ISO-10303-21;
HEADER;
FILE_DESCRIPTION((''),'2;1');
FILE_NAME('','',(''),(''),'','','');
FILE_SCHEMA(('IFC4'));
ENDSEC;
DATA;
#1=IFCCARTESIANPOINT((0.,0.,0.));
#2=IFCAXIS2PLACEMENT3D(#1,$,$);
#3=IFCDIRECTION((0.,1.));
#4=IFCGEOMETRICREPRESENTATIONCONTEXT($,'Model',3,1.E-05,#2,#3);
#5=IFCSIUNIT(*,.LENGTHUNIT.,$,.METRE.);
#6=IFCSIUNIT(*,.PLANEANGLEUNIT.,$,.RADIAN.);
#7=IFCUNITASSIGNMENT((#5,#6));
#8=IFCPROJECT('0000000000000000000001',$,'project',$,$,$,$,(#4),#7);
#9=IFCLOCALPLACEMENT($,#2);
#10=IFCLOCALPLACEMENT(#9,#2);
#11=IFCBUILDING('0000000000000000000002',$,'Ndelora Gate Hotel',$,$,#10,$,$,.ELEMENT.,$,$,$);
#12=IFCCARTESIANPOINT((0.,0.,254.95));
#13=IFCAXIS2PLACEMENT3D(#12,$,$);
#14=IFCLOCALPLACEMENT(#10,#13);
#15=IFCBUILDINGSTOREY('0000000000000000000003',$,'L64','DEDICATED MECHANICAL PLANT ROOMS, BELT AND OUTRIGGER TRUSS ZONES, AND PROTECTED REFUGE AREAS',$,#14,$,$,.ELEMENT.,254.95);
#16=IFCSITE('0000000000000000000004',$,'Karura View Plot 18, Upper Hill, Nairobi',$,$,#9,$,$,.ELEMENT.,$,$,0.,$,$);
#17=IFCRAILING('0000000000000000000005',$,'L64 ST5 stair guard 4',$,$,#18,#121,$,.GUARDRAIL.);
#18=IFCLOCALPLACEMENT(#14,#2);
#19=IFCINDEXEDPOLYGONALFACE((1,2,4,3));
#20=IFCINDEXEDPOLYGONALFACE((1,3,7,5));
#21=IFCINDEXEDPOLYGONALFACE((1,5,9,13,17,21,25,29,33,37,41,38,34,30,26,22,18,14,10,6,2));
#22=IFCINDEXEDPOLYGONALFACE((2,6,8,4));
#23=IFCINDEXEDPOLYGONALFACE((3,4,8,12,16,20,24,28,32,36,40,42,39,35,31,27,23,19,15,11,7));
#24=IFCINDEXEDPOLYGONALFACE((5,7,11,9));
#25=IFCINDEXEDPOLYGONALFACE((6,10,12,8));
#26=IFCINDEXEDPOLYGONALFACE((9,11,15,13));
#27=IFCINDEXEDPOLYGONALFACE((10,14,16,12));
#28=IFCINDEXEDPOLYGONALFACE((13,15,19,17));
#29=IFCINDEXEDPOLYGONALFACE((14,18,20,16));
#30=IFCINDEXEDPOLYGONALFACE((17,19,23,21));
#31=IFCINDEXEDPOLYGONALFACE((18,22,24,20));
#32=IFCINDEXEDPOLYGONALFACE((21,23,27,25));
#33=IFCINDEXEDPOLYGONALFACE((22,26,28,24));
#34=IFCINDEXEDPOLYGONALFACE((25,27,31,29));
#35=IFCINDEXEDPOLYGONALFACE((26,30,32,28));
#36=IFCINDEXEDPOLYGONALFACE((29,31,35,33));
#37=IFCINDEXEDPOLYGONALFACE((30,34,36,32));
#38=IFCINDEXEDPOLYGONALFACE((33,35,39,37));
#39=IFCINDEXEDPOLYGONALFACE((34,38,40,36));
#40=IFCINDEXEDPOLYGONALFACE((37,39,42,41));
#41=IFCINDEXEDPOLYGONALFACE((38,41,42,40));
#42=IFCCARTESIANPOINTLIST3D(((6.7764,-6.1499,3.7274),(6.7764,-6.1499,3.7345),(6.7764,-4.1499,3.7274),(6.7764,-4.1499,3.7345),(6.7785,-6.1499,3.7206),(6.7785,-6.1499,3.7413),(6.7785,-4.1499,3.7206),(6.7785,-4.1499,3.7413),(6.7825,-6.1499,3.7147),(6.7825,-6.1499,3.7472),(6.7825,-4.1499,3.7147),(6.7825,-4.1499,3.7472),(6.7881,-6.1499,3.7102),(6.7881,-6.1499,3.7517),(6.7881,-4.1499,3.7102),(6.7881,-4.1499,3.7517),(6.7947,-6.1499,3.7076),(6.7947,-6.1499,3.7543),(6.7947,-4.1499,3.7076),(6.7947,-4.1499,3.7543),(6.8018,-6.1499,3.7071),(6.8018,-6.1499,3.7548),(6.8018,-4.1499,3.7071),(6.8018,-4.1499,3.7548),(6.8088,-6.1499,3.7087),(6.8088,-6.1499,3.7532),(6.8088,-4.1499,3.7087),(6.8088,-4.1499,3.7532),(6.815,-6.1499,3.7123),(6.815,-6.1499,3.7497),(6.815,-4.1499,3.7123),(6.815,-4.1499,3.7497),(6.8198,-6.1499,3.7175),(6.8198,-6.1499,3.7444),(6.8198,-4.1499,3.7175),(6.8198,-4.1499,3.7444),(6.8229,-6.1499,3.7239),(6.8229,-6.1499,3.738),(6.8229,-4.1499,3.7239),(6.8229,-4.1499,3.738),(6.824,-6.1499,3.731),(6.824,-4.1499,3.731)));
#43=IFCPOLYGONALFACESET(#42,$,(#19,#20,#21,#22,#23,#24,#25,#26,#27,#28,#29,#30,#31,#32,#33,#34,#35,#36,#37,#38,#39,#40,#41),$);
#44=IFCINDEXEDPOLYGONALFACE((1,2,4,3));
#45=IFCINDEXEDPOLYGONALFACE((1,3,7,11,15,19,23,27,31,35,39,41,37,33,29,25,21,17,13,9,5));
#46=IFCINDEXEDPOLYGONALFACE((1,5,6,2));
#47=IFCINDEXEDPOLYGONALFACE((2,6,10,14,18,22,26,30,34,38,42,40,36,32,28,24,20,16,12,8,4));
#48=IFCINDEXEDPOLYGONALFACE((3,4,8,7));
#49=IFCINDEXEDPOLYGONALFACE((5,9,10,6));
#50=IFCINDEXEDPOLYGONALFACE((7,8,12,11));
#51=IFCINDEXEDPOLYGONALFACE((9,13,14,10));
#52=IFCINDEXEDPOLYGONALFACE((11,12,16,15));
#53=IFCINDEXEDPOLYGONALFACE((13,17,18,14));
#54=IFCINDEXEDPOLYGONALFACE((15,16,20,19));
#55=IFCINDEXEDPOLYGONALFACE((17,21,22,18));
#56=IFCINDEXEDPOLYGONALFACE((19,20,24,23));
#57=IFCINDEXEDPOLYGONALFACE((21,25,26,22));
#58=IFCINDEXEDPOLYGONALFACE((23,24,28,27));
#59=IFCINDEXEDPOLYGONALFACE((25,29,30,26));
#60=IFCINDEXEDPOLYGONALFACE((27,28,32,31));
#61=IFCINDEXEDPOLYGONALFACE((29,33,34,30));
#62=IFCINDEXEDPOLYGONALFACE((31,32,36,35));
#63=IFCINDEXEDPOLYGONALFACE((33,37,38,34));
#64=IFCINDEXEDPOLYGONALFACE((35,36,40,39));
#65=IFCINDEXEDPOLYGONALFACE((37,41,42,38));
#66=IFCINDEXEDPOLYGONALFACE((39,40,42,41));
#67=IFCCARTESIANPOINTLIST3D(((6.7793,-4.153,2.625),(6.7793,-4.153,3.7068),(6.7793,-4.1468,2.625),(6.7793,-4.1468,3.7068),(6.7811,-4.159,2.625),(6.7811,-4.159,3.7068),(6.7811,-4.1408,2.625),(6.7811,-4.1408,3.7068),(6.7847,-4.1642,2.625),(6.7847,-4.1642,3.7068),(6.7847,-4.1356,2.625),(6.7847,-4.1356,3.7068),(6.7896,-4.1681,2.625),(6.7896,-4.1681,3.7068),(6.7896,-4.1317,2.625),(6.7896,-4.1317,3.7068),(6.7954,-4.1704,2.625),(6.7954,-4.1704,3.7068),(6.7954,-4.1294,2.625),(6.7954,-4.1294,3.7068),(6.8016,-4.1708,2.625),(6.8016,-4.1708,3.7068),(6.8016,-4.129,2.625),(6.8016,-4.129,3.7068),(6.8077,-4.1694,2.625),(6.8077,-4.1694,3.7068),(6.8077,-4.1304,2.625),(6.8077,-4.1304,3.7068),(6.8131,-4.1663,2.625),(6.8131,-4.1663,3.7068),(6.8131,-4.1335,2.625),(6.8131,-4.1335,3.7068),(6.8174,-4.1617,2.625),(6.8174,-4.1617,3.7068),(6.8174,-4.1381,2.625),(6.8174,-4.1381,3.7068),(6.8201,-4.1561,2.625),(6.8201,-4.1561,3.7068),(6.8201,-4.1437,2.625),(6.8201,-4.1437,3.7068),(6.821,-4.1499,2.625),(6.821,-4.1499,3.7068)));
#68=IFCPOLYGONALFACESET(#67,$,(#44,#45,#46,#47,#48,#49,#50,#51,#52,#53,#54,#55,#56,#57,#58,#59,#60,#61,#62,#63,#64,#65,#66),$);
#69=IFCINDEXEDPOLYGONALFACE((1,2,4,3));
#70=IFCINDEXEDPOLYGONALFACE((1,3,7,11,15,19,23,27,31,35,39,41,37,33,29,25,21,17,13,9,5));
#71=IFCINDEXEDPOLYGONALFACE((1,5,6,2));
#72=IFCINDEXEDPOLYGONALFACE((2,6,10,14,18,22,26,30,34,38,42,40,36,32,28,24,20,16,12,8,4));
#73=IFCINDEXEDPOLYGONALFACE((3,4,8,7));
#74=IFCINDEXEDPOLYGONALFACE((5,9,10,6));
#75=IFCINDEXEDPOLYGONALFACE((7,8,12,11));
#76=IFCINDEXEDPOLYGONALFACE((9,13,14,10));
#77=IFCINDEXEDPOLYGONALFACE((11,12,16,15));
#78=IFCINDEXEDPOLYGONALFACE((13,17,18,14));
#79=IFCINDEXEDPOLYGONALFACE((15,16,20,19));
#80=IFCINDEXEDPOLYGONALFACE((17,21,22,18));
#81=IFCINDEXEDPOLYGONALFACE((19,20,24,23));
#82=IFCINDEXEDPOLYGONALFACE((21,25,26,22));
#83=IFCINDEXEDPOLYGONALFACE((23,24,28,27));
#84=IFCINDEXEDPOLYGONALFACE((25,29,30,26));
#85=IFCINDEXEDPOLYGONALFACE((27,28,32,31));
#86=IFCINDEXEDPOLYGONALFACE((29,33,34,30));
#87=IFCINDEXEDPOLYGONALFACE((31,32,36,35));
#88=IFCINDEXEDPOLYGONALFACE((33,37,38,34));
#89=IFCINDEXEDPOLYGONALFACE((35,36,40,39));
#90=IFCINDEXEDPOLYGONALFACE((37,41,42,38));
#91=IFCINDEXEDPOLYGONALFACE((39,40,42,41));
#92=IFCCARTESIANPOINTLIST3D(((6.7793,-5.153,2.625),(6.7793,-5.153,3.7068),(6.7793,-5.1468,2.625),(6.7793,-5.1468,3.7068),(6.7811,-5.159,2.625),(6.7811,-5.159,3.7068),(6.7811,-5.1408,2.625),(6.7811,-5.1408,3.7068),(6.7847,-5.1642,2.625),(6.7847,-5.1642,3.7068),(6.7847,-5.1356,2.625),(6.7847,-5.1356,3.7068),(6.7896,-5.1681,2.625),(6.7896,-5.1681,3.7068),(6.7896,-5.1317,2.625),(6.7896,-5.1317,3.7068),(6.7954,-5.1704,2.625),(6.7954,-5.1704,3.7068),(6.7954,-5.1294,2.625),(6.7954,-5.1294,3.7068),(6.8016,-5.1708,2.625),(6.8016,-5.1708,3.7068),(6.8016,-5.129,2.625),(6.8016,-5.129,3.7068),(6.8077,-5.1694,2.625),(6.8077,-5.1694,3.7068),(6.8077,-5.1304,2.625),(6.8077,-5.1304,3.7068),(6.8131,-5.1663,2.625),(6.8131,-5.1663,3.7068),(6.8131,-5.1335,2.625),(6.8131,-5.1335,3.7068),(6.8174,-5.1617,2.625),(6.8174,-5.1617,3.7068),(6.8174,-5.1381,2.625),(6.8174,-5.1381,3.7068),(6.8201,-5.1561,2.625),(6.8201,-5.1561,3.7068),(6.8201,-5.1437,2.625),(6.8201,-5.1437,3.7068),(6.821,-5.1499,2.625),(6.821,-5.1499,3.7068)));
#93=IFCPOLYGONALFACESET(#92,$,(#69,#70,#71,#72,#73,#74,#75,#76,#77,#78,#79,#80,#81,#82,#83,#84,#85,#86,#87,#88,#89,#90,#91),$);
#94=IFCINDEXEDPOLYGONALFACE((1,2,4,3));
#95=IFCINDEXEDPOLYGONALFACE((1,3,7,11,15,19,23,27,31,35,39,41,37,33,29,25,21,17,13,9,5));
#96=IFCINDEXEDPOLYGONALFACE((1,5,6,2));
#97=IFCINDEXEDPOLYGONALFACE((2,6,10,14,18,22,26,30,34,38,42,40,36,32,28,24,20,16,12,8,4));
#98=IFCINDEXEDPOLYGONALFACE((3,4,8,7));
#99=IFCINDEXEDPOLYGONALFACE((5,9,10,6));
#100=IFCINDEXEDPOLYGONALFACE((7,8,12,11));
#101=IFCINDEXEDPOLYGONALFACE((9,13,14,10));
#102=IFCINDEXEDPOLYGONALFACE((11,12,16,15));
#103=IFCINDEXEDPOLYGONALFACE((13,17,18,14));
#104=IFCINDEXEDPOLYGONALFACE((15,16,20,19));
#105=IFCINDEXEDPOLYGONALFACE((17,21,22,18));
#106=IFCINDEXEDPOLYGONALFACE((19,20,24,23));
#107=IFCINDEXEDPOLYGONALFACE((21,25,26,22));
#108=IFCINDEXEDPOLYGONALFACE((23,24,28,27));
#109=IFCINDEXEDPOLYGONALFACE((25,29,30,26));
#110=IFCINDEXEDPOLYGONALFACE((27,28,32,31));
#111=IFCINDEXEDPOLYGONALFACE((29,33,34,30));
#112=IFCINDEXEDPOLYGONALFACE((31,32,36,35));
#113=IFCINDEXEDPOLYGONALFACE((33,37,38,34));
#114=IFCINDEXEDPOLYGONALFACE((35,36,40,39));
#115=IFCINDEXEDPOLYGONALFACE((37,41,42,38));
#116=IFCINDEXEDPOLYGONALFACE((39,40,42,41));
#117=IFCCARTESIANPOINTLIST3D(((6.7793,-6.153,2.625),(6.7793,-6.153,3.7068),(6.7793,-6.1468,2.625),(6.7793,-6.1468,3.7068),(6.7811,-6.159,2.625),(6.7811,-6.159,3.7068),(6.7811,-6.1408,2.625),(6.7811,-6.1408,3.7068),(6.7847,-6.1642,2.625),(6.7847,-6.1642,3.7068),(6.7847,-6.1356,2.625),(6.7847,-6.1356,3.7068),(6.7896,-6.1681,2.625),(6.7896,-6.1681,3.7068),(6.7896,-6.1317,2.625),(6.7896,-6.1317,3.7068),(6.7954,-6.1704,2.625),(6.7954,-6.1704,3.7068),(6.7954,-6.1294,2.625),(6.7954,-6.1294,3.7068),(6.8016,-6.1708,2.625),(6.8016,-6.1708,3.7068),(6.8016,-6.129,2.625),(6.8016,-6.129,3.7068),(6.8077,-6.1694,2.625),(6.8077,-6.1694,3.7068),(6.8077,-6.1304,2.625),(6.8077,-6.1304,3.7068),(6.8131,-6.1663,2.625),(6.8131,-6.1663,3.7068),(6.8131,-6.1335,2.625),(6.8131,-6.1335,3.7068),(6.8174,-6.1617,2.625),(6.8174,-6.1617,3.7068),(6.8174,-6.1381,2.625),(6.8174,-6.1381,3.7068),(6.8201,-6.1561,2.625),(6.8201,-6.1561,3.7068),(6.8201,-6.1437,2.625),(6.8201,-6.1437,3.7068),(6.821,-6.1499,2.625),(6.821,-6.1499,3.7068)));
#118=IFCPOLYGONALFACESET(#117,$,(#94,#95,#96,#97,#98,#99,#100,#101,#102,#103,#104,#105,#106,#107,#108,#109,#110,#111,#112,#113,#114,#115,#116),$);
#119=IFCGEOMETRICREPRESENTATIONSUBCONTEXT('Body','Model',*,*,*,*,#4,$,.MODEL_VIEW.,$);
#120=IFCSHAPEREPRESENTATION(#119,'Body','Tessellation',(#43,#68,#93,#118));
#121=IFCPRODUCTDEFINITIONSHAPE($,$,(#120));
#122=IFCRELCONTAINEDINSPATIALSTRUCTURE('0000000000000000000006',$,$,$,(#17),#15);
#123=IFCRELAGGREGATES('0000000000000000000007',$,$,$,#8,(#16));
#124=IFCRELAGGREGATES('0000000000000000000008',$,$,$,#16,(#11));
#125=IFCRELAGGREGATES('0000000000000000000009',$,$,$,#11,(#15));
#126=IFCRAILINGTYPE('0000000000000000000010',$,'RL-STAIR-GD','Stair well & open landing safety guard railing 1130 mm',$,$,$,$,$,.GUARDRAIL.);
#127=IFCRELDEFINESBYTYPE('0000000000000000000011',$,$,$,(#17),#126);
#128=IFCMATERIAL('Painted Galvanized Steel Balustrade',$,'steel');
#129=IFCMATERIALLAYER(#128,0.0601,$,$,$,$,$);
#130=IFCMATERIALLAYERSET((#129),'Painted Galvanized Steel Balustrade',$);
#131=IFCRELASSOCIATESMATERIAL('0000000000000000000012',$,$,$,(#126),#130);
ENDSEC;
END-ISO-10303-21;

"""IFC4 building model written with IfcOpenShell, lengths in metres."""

from ifc_helpers import new_model, si_unit, direction, frame, origin, origin_2d, place, context, subcontext, project, spatial, circle, extrude, material, layer, layer_set, type_object, element, save


model = new_model("IFC4")

# Units and contexts
model_context = context("Model", 3, precision=1e-05, world=origin(), true_north=direction((0.0, 1.0)))
body_context = subcontext(model_context, "Body", "Model", "MODEL_VIEW")
ifc_project = project(units=[si_unit("LENGTHUNIT", "METRE"), si_unit("PLANEANGLEUNIT", "RADIAN")], contexts=[model_context])

# Site, building, storey
site_placement = place(None, origin())
site = spatial("IfcSite", under=ifc_project, at=site_placement, Name="Karura View Plot 18, Upper Hill, Nairobi", CompositionType="ELEMENT", RefElevation=0.0)
building_placement = place(site_placement, origin())
building = spatial("IfcBuilding", under=site, at=building_placement, Name="Ndelora Gate Hotel", CompositionType="ELEMENT")
storey_placement = place(building_placement, frame((0.0, 0.0, 254.95)))
storey = spatial("IfcBuildingStorey", under=building, at=storey_placement, Name="L64", Description="DEDICATED MECHANICAL PLANT ROOMS, BELT AND OUTRIGGER TRUSS ZONES, AND PROTECTED REFUGE AREAS", CompositionType="ELEMENT", Elevation=254.95)

# Railing
ifc_material_1 = material(Name="Painted Galvanized Steel Balustrade", Category="steel")
ifc_layer_1 = layer(ifc_material_1, 0.0601)
ifc_layer_set_1 = layer_set([ifc_layer_1], Name="Painted Galvanized Steel Balustrade")
railing_type_1 = type_object("IfcRailingType", Name="RL-STAIR-GD", Description="Stair well & open landing safety guard railing 1130 mm", PredefinedType="GUARDRAIL", material=ifc_layer_set_1)
for number, where, name in (
    (1, (6.8, -4.1499, 2.625), "L64 ST5 stair guard 4"),
):
    element("IfcRailing", number, at=place(storey_placement, frame(where)), inside=storey, type_object=railing_type_1, Name=name, PredefinedType="GUARDRAIL", context=body_context, shape_type="SweptSolid", body=[
        extrude(circle(Radius=0.0239, at=origin_2d()), frame((0.0, 0.0, 1.106), z_axis=(0.0, -1.0, 0.0), x_axis=(1.0, 0.0, 0.0)), (0.0, 0.0, 1.0), 2.0),
        extrude(circle(Radius=0.021, at=origin_2d()), origin(), (0.0, 0.0, 1.0), 1.0818),
        extrude(circle(Radius=0.021, at=origin_2d()), frame((0.0, -1.0, 0.0)), (0.0, 0.0, 1.0), 1.0818),
        extrude(circle(Radius=0.021, at=origin_2d()), frame((0.0, -2.0, 0.0)), (0.0, 0.0, 1.0), 1.0818),
    ])

save(model, "model.ifc")
